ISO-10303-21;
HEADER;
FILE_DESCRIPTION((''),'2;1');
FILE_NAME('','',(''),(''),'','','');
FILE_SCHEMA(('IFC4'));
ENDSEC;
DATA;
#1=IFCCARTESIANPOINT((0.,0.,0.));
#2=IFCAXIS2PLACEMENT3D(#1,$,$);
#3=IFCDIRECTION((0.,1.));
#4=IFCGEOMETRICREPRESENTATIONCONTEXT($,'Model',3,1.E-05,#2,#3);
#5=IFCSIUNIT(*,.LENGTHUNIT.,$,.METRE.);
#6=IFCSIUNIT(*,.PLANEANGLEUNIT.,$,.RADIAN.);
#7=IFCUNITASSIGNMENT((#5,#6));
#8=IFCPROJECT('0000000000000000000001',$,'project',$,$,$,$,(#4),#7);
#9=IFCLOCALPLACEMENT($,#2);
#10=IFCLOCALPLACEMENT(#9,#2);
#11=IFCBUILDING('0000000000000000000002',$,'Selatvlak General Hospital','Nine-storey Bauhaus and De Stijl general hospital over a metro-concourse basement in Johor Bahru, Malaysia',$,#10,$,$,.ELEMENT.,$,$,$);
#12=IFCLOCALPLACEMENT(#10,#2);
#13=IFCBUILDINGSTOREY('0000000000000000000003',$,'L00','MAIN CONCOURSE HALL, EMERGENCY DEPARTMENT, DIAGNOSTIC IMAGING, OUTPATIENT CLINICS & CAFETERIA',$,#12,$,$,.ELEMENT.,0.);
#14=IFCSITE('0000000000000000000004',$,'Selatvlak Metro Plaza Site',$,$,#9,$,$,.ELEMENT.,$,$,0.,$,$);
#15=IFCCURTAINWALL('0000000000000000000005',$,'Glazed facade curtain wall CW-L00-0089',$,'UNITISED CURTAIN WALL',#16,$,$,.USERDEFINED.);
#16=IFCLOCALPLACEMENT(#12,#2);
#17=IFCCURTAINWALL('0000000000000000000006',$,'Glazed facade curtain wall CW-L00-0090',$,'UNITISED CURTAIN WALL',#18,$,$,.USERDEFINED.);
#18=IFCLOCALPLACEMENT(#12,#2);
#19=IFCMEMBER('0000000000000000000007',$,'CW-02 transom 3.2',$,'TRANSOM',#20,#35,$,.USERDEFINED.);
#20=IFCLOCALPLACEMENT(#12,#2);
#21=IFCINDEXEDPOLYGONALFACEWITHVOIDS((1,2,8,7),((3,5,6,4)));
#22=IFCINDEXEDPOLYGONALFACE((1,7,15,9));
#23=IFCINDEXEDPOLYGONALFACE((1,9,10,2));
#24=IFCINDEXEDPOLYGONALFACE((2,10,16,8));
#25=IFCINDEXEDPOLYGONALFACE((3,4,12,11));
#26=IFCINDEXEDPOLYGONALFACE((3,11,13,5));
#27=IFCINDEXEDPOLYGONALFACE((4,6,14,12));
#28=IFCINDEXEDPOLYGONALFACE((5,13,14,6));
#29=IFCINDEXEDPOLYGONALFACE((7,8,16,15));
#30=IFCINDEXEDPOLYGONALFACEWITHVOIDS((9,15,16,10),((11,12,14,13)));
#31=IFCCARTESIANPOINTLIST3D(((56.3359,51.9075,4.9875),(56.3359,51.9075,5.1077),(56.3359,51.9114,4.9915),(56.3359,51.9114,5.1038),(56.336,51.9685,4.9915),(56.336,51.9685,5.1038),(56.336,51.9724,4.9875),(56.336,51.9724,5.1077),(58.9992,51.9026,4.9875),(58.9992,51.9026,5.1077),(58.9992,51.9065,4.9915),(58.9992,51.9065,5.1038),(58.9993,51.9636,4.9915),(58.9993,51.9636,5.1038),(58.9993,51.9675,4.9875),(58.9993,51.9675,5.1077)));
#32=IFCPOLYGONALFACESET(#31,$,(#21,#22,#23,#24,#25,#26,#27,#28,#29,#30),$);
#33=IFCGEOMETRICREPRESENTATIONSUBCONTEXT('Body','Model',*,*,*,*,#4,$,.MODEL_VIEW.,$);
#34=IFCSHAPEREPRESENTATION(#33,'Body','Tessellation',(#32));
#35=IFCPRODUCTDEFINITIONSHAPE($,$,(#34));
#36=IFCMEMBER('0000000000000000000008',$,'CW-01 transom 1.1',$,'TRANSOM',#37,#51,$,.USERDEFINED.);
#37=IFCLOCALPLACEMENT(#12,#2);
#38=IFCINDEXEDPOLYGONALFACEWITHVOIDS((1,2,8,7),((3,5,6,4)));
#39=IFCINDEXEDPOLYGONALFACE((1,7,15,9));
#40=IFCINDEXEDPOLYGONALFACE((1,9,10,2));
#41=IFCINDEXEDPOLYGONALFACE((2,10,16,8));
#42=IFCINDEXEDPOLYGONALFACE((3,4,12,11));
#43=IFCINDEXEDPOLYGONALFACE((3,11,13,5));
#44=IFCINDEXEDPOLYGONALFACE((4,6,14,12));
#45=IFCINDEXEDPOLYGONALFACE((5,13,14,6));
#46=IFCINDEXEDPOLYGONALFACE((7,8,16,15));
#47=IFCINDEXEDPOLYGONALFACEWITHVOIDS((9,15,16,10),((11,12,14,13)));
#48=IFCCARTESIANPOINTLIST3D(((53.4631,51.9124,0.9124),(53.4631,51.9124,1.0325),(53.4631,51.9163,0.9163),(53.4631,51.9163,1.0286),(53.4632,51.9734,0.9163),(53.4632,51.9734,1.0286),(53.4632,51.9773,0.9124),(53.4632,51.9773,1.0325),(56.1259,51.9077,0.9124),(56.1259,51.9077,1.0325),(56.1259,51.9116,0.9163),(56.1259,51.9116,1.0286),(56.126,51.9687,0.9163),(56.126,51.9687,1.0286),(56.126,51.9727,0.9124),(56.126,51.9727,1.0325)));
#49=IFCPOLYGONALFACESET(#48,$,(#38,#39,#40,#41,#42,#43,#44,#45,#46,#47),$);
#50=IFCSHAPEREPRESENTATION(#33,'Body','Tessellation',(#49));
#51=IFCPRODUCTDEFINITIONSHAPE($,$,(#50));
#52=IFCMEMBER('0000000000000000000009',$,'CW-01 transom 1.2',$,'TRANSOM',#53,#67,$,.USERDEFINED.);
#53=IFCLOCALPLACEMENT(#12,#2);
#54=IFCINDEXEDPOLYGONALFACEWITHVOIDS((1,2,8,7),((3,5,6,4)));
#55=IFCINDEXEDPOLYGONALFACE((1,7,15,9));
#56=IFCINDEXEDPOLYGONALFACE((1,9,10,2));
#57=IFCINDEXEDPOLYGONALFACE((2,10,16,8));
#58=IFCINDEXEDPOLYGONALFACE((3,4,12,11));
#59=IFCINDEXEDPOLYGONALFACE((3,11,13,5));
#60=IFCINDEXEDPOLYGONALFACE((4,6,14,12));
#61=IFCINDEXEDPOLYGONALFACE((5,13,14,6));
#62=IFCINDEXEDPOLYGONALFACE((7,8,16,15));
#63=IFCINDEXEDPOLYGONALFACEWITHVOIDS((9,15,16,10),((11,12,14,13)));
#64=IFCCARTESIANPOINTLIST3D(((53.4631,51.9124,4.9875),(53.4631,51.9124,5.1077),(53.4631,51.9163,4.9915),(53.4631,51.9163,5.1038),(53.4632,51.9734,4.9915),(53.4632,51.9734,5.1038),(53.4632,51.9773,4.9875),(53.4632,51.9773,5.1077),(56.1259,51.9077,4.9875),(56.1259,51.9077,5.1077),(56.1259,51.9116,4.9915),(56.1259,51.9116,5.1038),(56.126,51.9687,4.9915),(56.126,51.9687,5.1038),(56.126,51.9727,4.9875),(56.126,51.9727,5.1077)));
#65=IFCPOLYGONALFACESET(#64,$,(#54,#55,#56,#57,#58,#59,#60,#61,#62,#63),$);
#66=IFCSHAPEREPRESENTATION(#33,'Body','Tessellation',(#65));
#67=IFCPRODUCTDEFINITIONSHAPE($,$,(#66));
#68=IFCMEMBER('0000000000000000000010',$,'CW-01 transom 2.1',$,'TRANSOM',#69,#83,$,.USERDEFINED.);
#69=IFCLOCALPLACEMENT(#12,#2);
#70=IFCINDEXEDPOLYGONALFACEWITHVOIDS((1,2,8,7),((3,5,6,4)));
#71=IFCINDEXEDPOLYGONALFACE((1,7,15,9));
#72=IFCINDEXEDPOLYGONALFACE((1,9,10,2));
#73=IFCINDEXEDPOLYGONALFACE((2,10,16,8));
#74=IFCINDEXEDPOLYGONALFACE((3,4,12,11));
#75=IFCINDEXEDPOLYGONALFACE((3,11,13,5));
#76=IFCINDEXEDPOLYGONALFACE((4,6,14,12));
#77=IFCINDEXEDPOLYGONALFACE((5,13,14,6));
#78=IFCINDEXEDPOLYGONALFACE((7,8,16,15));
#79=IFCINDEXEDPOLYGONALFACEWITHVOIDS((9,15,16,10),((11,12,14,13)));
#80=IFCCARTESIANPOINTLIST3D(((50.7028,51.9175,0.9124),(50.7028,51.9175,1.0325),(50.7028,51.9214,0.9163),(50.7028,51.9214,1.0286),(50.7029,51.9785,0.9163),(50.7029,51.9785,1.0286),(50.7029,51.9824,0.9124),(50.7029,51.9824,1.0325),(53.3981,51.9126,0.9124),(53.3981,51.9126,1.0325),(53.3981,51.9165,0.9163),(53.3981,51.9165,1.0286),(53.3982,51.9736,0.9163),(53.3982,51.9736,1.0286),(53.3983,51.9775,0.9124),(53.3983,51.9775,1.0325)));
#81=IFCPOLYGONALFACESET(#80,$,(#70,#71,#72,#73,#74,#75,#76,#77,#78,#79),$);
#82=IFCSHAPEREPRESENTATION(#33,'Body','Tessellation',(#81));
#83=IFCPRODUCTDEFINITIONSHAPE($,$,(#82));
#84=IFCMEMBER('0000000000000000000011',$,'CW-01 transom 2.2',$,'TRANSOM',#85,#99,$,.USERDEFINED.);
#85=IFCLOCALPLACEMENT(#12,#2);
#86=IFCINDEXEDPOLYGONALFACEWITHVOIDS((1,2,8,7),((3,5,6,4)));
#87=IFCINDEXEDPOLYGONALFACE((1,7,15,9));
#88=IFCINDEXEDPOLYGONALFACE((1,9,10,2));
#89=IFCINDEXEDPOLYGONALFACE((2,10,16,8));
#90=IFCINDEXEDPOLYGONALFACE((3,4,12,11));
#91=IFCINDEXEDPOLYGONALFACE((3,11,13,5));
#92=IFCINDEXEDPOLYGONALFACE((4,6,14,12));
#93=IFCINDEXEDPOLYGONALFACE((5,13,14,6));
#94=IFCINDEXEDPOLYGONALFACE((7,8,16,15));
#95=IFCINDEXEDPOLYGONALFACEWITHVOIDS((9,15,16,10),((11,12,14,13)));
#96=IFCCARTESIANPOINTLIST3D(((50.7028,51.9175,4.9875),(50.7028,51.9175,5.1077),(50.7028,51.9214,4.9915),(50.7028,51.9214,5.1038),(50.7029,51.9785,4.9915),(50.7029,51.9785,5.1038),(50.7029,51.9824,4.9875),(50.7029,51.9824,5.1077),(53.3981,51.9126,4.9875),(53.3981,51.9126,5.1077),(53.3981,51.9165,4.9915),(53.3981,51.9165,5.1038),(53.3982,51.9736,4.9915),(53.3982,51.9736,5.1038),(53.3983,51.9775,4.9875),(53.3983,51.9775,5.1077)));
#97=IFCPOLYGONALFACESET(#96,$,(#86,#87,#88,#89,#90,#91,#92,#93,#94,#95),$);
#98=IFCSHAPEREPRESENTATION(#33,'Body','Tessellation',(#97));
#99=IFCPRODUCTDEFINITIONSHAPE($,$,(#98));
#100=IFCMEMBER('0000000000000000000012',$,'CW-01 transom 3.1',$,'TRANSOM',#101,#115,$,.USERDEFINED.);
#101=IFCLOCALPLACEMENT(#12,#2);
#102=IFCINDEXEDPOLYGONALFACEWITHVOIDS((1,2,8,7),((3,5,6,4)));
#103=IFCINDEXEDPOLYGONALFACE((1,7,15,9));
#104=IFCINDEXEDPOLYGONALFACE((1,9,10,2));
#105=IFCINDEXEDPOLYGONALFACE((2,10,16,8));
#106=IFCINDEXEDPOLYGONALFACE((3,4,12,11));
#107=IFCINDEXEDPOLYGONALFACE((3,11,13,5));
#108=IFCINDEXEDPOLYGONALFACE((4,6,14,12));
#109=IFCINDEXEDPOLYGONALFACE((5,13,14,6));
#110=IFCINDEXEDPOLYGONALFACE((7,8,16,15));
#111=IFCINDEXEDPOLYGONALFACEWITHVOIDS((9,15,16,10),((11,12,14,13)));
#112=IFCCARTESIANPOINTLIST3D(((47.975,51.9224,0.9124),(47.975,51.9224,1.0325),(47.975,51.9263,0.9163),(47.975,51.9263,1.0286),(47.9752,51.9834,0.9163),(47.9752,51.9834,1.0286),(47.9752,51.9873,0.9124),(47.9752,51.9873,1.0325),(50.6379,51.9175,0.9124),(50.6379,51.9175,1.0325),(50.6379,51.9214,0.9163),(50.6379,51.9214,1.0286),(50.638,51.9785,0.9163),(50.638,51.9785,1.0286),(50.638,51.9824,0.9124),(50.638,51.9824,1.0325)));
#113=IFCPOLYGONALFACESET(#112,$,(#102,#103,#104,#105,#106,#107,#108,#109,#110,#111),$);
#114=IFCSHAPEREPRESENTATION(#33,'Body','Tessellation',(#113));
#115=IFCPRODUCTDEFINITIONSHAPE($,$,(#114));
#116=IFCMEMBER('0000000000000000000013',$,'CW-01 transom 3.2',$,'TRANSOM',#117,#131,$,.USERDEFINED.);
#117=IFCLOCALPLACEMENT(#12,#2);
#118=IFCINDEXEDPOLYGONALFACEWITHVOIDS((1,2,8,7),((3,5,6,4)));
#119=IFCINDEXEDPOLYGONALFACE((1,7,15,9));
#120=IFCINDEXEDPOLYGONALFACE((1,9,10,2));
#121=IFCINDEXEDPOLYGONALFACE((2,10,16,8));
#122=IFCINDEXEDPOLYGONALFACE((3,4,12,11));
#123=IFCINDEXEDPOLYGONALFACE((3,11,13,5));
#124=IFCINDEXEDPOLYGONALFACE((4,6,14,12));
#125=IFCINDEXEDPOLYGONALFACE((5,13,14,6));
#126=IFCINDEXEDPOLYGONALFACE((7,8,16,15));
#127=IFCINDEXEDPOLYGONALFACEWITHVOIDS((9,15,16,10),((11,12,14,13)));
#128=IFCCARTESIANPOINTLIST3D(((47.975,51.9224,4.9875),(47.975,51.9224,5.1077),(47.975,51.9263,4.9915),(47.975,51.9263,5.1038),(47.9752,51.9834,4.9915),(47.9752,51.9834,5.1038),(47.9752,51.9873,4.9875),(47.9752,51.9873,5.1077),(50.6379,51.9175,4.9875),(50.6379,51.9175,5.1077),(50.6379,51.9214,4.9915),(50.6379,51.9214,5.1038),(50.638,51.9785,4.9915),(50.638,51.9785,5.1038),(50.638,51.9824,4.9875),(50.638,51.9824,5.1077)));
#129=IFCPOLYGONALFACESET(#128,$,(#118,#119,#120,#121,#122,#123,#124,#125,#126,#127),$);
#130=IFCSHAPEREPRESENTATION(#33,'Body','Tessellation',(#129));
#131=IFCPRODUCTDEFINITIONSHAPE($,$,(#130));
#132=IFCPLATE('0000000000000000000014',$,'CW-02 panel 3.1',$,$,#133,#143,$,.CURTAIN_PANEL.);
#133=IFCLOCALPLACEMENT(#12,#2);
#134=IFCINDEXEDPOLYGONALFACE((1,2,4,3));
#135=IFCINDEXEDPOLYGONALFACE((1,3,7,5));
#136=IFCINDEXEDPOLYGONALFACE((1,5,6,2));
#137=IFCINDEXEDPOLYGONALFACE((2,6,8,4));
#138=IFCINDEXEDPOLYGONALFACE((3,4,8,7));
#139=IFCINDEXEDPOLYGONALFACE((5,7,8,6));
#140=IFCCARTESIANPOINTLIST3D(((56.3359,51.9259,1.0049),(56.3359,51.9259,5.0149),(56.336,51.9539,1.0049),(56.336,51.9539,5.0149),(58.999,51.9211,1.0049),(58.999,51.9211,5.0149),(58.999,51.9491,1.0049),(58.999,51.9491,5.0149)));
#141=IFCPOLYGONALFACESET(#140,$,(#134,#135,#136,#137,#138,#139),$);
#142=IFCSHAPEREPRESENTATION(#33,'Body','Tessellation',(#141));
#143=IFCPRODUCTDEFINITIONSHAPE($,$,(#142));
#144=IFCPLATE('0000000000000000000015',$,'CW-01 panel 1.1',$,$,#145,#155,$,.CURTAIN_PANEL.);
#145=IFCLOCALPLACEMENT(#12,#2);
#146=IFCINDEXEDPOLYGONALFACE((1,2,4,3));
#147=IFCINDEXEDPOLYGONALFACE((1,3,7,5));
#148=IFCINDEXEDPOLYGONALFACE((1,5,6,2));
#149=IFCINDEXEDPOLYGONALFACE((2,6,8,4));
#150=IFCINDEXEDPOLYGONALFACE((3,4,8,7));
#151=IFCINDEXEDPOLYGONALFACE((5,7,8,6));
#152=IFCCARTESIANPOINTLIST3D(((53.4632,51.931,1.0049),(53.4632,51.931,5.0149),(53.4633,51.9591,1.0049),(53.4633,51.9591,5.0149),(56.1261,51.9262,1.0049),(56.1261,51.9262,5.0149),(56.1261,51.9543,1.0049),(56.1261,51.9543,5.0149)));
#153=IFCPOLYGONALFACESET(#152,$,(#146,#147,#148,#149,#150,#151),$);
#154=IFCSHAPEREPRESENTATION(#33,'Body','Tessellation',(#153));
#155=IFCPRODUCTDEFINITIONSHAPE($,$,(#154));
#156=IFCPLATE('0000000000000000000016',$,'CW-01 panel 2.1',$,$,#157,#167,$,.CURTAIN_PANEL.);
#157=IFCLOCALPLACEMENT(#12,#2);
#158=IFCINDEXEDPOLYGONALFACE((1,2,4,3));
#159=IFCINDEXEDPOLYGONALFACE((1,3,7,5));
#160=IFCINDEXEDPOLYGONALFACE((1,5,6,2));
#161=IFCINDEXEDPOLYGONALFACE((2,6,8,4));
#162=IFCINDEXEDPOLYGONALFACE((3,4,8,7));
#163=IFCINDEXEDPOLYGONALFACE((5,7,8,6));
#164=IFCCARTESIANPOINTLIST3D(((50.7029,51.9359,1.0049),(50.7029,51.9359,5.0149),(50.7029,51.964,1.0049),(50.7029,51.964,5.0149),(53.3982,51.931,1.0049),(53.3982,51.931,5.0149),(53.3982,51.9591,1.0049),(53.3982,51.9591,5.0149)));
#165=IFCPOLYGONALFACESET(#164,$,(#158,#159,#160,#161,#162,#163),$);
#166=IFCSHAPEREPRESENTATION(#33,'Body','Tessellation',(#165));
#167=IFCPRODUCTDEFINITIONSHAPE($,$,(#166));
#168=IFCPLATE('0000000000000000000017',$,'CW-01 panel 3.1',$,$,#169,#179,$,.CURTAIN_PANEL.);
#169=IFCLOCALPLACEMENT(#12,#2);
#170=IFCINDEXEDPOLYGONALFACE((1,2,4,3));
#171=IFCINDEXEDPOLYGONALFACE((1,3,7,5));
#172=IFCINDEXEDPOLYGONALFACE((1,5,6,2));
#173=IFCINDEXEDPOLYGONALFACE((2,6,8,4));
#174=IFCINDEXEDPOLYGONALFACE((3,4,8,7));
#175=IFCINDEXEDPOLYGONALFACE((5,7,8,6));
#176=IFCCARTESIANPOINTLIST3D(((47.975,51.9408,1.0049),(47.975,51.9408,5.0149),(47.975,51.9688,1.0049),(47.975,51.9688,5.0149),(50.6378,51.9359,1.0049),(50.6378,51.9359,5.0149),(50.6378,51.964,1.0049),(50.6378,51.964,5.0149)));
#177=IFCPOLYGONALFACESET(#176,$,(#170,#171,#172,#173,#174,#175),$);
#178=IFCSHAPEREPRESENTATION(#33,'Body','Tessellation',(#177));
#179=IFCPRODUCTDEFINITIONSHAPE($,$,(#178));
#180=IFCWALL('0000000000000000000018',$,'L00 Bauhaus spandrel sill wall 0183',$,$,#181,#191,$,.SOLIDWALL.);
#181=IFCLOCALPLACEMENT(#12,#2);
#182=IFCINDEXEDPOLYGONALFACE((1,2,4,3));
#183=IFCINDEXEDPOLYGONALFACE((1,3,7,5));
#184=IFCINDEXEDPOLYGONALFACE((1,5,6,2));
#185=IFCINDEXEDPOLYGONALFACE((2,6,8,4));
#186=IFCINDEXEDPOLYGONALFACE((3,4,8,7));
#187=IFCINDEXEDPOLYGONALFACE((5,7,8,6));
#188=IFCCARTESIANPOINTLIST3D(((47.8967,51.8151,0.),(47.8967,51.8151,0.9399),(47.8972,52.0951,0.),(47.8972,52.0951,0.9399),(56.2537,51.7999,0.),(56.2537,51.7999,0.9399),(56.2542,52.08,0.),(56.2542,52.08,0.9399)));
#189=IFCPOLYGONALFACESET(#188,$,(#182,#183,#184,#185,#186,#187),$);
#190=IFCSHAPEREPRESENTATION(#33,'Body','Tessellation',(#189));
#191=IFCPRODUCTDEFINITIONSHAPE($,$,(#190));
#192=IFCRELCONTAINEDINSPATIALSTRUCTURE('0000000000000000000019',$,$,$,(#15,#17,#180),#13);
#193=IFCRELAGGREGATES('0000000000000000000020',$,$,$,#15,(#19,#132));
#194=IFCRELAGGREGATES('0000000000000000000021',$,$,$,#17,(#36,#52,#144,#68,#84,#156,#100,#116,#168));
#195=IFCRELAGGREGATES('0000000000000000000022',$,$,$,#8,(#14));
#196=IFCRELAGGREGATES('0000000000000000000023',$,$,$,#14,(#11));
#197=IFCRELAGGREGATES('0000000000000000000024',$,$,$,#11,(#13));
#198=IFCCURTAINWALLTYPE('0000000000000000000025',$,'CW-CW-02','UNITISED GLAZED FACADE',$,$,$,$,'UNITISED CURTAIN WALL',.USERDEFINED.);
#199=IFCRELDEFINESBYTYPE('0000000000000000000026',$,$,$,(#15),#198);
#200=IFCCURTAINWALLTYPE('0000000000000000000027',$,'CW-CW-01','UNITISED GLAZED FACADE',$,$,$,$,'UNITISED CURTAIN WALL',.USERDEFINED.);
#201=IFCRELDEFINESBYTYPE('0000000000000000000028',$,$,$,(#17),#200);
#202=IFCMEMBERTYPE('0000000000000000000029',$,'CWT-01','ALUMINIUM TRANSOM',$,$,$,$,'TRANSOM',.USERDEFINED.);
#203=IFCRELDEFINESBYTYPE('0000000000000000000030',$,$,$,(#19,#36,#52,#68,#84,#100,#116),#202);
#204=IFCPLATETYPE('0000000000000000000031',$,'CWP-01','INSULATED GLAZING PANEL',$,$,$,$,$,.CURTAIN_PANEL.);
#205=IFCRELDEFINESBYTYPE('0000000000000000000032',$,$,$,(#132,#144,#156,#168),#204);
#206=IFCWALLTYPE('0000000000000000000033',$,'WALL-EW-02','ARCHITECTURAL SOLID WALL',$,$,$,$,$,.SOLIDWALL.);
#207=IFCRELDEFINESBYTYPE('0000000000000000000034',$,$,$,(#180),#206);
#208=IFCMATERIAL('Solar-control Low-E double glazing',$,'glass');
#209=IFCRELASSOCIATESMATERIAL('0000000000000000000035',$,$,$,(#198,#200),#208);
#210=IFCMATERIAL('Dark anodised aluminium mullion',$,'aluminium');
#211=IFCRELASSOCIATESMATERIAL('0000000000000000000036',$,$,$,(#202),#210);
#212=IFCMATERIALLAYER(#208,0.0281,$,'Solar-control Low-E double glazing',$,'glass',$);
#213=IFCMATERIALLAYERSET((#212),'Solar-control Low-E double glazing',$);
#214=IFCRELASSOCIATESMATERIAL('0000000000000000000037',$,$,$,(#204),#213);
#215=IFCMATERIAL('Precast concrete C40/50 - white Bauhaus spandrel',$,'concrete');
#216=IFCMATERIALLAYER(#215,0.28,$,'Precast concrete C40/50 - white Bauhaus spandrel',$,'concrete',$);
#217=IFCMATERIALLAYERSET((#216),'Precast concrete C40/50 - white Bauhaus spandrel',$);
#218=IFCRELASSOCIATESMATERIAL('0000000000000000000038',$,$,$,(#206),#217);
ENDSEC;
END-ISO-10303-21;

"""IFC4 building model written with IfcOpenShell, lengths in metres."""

from ifc_helpers import new_model, si_unit, direction, frame, frame_2d, origin, origin_2d, place, context, subcontext, project, spatial, rectangle, hollow_rectangle, extrude, material, layer, layer_set, material_profile, profile_set, type_object, element, aggregate, save


model = new_model("IFC4")

# Units and contexts
model_context = context("Model", 3, precision=1e-05, world=origin(), true_north=direction((0.0, 1.0)))
body_context = subcontext(model_context, "Body", "Model", "MODEL_VIEW")
ifc_project = project(units=[si_unit("LENGTHUNIT", "METRE"), si_unit("PLANEANGLEUNIT", "RADIAN")], contexts=[model_context])

# Site, building, storey
site_placement = place(None, origin())
site = spatial("IfcSite", under=ifc_project, at=site_placement, Name="Selatvlak Metro Plaza Site", CompositionType="ELEMENT", RefElevation=0.0)
building_placement = place(site_placement, origin())
building = spatial("IfcBuilding", under=site, at=building_placement, Name="Selatvlak General Hospital", Description="Nine-storey Bauhaus and De Stijl general hospital over a metro-concourse basement in Johor Bahru, Malaysia", CompositionType="ELEMENT")
storey_placement = place(building_placement, origin())
storey = spatial("IfcBuildingStorey", under=building, at=storey_placement, Name="L00", Description="MAIN CONCOURSE HALL, EMERGENCY DEPARTMENT, DIAGNOSTIC IMAGING, OUTPATIENT CLINICS & CAFETERIA", CompositionType="ELEMENT", Elevation=0.0)

# Curtain wall
ifc_material_1 = material(Name="Solar-control Low-E double glazing", Category="glass")
curtain_wall_type_1 = type_object("IfcCurtainWallType", Name="CW-CW-02", Description="UNITISED GLAZED FACADE", ElementType="UNITISED CURTAIN WALL", PredefinedType="USERDEFINED", material=ifc_material_1)
curtain_wall_1_placement = place(storey_placement, origin())
curtain_wall_1 = element("IfcCurtainWall", 1, at=curtain_wall_1_placement, inside=storey, type_object=curtain_wall_type_1, Name="Glazed facade curtain wall CW-L00-0089", ObjectType="UNITISED CURTAIN WALL", PredefinedType="USERDEFINED")
ifc_material_2 = material(Name="Dark anodised aluminium mullion", Category="aluminium")

# Curtain wall
curtain_wall_type_2 = type_object("IfcCurtainWallType", Name="CW-CW-01", Description="UNITISED GLAZED FACADE", ElementType="UNITISED CURTAIN WALL", PredefinedType="USERDEFINED", material=ifc_material_1)
curtain_wall_2_placement = place(storey_placement, origin())
curtain_wall_2 = element("IfcCurtainWall", 2, at=curtain_wall_2_placement, inside=storey, type_object=curtain_wall_type_2, Name="Glazed facade curtain wall CW-L00-0090", ObjectType="UNITISED CURTAIN WALL", PredefinedType="USERDEFINED")

# Members
ifc_material_profile_1 = material_profile(ifc_material_2, hollow_rectangle(XDim=0.0649, YDim=0.1201, WallThickness=0.0039, at=origin_2d()), Name="AL-TRN 65x120x4")
ifc_profile_set_1 = profile_set([ifc_material_profile_1], Name="Dark anodised aluminium mullion")
member_type_1 = type_object("IfcMemberType", Name="CWT-01", Description="ALUMINIUM TRANSOM", ElementType="TRANSOM", PredefinedType="USERDEFINED", material=ifc_profile_set_1)
member_1_placement = place(storey_placement, frame((58.9993, 51.9351, 5.0476), z_axis=(-0.999998, 0.001833, 0.0), x_axis=(-0.001833, -0.999998, 0.0)))
member_1 = element("IfcMember", 3, at=member_1_placement, type_object=member_type_1, Name="CW-02 transom 3.2", ObjectType="TRANSOM", PredefinedType="USERDEFINED", context=body_context, shape_type="SweptSolid", body=[
    extrude(hollow_rectangle(XDim=0.0649, YDim=0.1201, WallThickness=0.0039, at=origin_2d()), origin(), (0.0, 0.0, 1.0), 2.6633),
])
member_2_placement = place(storey_placement, frame((56.126, 51.9402, 0.9724), z_axis=(-0.999998, 0.001742, 0.0), x_axis=(-0.001742, -0.999998, 0.0)))
member_2 = element("IfcMember", 4, at=member_2_placement, type_object=member_type_1, Name="CW-01 transom 1.1", ObjectType="TRANSOM", PredefinedType="USERDEFINED", context=body_context, shape_type="SweptSolid", body=[
    extrude(hollow_rectangle(XDim=0.0649, YDim=0.1201, WallThickness=0.0039, at=origin_2d()), origin(), (0.0, 0.0, 1.0), 2.6628),
])
member_3_placement = place(storey_placement, frame((56.126, 51.9402, 5.0476), z_axis=(-0.999998, 0.001742, 0.0), x_axis=(-0.001742, -0.999998, 0.0)))
member_3 = element("IfcMember", 5, at=member_3_placement, type_object=member_type_1, Name="CW-01 transom 1.2", ObjectType="TRANSOM", PredefinedType="USERDEFINED", context=body_context, shape_type="SweptSolid", body=[
    extrude(hollow_rectangle(XDim=0.0649, YDim=0.1201, WallThickness=0.0039, at=origin_2d()), origin(), (0.0, 0.0, 1.0), 2.6628),
])
member_4_placement = place(storey_placement, frame((53.3982, 51.9451, 0.9724), z_axis=(-0.999998, 0.001812, 0.0), x_axis=(-0.001812, -0.999998, 0.0)))
member_4 = element("IfcMember", 6, at=member_4_placement, type_object=member_type_1, Name="CW-01 transom 2.1", ObjectType="TRANSOM", PredefinedType="USERDEFINED", context=body_context, shape_type="SweptSolid", body=[
    extrude(hollow_rectangle(XDim=0.0649, YDim=0.1201, WallThickness=0.0039, at=origin_2d()), origin(), (0.0, 0.0, 1.0), 2.6953),
])
member_5_placement = place(storey_placement, frame((53.3982, 51.9451, 5.0476), z_axis=(-0.999998, 0.001812, 0.0), x_axis=(-0.001812, -0.999998, 0.0)))
member_5 = element("IfcMember", 7, at=member_5_placement, type_object=member_type_1, Name="CW-01 transom 2.2", ObjectType="TRANSOM", PredefinedType="USERDEFINED", context=body_context, shape_type="SweptSolid", body=[
    extrude(hollow_rectangle(XDim=0.0649, YDim=0.1201, WallThickness=0.0039, at=origin_2d()), origin(), (0.0, 0.0, 1.0), 2.6953),
])
member_6_placement = place(storey_placement, frame((50.6379, 51.95, 0.9724), z_axis=(-0.999998, 0.001834, 0.0), x_axis=(-0.001834, -0.999998, 0.0)))
member_6 = element("IfcMember", 8, at=member_6_placement, type_object=member_type_1, Name="CW-01 transom 3.1", ObjectType="TRANSOM", PredefinedType="USERDEFINED", context=body_context, shape_type="SweptSolid", body=[
    extrude(hollow_rectangle(XDim=0.0649, YDim=0.1201, WallThickness=0.0039, at=origin_2d()), origin(), (0.0, 0.0, 1.0), 2.6628),
])
member_7_placement = place(storey_placement, frame((50.6379, 51.95, 5.0476), z_axis=(-0.999998, 0.001834, 0.0), x_axis=(-0.001834, -0.999998, 0.0)))
member_7 = element("IfcMember", 9, at=member_7_placement, type_object=member_type_1, Name="CW-01 transom 3.2", ObjectType="TRANSOM", PredefinedType="USERDEFINED", context=body_context, shape_type="SweptSolid", body=[
    extrude(hollow_rectangle(XDim=0.0649, YDim=0.1201, WallThickness=0.0039, at=origin_2d()), origin(), (0.0, 0.0, 1.0), 2.6628),
])

# Plates
ifc_layer_1 = layer(ifc_material_1, 0.0281, Name="Solar-control Low-E double glazing", Category="glass")
ifc_layer_set_1 = layer_set([ifc_layer_1], Name="Solar-control Low-E double glazing")
plate_type = type_object("IfcPlateType", Name="CWP-01", Description="INSULATED GLAZING PANEL", PredefinedType="CURTAIN_PANEL", material=ifc_layer_set_1)
plate_1_placement = place(storey_placement, frame((57.6675, 51.9375, 1.0049), z_axis=(0.0, 0.0, 1.0), x_axis=(-0.999998, 0.001811, 0.0)))
plate_1 = element("IfcPlate", 10, at=plate_1_placement, type_object=plate_type, Name="CW-02 panel 3.1", PredefinedType="CURTAIN_PANEL", context=body_context, shape_type="SweptSolid", body=[
    extrude(rectangle(XDim=2.6631, YDim=0.0281, at=origin_2d()), origin(), (0.0, 0.0, 1.0), 4.01),
])
aggregate(curtain_wall_1, [member_1, plate_1])
plate_2_placement = place(storey_placement, frame((54.7947, 51.9426, 1.0049), z_axis=(0.0, 0.0, 1.0), x_axis=(-0.999998, 0.001811, 0.0)))
plate_2 = element("IfcPlate", 11, at=plate_2_placement, type_object=plate_type, Name="CW-01 panel 1.1", PredefinedType="CURTAIN_PANEL", context=body_context, shape_type="SweptSolid", body=[
    extrude(rectangle(XDim=2.6628, YDim=0.0281, at=origin_2d()), origin(), (0.0, 0.0, 1.0), 4.01),
])
plate_3_placement = place(storey_placement, frame((52.0505, 51.9475, 1.0049), z_axis=(0.0, 0.0, 1.0), x_axis=(-0.999998, 0.001811, 0.0)))
plate_3 = element("IfcPlate", 12, at=plate_3_placement, type_object=plate_type, Name="CW-01 panel 2.1", PredefinedType="CURTAIN_PANEL", context=body_context, shape_type="SweptSolid", body=[
    extrude(rectangle(XDim=2.6953, YDim=0.0281, at=origin_2d()), origin(), (0.0, 0.0, 1.0), 4.01),
])
plate_4_placement = place(storey_placement, frame((49.3064, 51.9524, 1.0049), z_axis=(0.0, 0.0, 1.0), x_axis=(-0.999998, 0.001811, 0.0)))
plate_4 = element("IfcPlate", 13, at=plate_4_placement, type_object=plate_type, Name="CW-01 panel 3.1", PredefinedType="CURTAIN_PANEL", context=body_context, shape_type="SweptSolid", body=[
    extrude(rectangle(XDim=2.6628, YDim=0.0281, at=origin_2d()), origin(), (0.0, 0.0, 1.0), 4.01),
])
aggregate(curtain_wall_2, [member_2, member_3, plate_2, member_4, member_5, plate_3, member_6, member_7, plate_4])

# Wall
ifc_material_3 = material(Name="Precast concrete C40/50 - white Bauhaus spandrel", Category="concrete")
ifc_layer_2 = layer(ifc_material_3, 0.28, Name="Precast concrete C40/50 - white Bauhaus spandrel", Category="concrete")
ifc_layer_set_2 = layer_set([ifc_layer_2], Name="Precast concrete C40/50 - white Bauhaus spandrel")
wall_type_1 = type_object("IfcWallType", Name="WALL-EW-02", Description="ARCHITECTURAL SOLID WALL", PredefinedType="SOLIDWALL", material=ifc_layer_set_2)
wall_1_placement = place(storey_placement, frame((56.2539, 51.9399, 0.0), z_axis=(0.0, 0.0, 1.0), x_axis=(-0.999998, 0.001811, 0.0)))
element("IfcWall", 14, at=wall_1_placement, inside=storey, type_object=wall_type_1, Name="L00 Bauhaus spandrel sill wall 0183", PredefinedType="SOLIDWALL", context=body_context, shape_type="SweptSolid", body=[
    extrude(rectangle(XDim=8.3569, YDim=0.28, at=frame_2d((4.1785, 0.0))), origin(), (0.0, 0.0, 1.0), 0.9399),
])

save(model, "model.ifc")
